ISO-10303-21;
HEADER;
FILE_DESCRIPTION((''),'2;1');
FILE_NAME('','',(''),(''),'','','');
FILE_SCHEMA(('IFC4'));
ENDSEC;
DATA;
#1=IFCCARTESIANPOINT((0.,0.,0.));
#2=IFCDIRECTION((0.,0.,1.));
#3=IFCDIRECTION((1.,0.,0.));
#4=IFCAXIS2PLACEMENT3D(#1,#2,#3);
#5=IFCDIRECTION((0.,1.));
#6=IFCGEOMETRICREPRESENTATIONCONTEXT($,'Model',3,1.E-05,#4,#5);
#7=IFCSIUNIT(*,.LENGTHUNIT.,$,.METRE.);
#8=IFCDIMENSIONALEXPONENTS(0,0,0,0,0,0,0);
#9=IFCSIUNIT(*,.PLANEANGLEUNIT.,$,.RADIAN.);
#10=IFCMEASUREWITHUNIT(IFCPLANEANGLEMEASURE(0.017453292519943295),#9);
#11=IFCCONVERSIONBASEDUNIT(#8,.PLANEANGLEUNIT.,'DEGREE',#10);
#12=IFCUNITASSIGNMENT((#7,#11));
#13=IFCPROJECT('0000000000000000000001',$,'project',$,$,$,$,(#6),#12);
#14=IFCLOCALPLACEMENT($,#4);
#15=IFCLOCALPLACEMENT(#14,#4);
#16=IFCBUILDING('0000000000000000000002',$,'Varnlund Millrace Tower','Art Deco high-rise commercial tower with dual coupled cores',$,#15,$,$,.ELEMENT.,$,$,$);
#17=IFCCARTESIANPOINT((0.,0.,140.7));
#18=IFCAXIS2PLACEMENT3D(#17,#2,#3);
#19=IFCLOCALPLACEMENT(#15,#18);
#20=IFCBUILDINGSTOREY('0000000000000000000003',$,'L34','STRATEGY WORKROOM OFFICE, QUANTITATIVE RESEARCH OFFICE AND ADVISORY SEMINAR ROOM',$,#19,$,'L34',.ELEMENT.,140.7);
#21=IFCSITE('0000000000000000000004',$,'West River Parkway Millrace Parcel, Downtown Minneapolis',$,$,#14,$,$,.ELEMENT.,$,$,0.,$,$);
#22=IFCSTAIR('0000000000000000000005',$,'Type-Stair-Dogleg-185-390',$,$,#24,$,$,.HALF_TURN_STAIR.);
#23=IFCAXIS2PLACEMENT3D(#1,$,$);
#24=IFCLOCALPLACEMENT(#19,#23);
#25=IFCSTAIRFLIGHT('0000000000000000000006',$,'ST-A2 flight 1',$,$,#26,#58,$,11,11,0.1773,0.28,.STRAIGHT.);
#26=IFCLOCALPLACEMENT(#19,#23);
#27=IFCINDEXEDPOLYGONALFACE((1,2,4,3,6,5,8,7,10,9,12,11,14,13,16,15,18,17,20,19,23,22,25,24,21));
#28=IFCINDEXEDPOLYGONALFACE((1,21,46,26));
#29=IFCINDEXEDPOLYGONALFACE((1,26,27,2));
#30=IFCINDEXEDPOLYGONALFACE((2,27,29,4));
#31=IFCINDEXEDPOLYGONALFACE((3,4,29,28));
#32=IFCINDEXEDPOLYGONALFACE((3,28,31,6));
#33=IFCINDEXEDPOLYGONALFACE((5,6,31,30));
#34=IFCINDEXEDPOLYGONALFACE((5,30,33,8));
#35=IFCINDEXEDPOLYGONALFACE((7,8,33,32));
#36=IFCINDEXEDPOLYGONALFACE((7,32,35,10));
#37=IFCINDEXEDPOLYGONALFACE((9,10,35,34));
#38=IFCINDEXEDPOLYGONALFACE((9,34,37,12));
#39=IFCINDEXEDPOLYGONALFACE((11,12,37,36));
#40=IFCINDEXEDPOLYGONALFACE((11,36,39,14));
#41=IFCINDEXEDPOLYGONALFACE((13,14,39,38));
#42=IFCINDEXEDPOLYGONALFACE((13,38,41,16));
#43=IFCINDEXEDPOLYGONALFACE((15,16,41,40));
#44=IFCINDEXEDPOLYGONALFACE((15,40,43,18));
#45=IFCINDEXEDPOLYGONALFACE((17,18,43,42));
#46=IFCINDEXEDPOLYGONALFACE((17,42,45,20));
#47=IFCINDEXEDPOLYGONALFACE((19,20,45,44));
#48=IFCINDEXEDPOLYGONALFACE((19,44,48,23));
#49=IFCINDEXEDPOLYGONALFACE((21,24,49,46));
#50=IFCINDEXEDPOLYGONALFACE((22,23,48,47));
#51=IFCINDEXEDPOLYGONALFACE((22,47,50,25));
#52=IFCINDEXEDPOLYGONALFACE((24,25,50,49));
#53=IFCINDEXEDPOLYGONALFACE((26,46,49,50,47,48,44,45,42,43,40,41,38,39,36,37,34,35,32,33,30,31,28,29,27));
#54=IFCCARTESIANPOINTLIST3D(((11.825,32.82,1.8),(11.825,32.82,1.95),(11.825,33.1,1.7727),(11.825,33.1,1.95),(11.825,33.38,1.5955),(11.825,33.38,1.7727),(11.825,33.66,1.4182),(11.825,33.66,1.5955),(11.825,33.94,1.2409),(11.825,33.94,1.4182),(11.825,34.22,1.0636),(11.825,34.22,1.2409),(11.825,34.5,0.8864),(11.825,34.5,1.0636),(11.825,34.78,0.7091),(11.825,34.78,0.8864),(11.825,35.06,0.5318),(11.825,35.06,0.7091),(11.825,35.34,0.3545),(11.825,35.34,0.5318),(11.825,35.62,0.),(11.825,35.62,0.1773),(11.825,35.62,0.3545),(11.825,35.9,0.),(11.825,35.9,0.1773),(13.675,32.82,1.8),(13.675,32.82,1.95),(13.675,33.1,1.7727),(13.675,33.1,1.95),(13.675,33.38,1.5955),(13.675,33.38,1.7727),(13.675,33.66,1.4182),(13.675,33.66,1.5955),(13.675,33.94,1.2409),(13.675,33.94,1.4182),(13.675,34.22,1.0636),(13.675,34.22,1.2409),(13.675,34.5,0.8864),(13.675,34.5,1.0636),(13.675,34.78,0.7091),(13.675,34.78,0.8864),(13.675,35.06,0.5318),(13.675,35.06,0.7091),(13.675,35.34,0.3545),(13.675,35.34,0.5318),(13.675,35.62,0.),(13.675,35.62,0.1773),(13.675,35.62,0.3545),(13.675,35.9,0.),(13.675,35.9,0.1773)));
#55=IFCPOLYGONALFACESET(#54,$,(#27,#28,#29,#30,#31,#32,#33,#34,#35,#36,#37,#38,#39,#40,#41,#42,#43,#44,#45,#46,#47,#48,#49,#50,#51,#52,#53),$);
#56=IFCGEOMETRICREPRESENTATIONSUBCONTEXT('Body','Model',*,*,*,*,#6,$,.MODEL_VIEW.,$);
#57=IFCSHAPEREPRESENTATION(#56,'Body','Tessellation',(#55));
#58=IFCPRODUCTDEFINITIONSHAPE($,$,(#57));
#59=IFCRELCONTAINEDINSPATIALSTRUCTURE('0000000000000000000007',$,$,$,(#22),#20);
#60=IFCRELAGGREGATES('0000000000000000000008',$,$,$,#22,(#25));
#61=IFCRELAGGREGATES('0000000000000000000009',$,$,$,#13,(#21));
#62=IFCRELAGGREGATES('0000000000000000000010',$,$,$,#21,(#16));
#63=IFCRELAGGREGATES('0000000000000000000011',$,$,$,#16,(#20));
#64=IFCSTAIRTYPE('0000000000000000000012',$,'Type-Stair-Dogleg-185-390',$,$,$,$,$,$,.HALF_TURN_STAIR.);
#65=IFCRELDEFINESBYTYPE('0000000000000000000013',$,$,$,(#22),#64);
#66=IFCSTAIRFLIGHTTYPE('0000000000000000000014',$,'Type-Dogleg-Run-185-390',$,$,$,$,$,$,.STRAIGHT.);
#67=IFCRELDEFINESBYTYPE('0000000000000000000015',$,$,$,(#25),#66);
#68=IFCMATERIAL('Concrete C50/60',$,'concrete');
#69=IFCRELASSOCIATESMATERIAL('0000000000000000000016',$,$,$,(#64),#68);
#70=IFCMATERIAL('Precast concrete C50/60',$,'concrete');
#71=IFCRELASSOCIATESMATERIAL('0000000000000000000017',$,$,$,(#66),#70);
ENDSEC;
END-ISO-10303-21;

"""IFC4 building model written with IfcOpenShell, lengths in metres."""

from ifc_helpers import new_model, entity, si_unit, converted_unit, direction, frame, origin_with_axes, place, context, subcontext, project, spatial, polyline, outline, extrude, material, type_object, element, aggregate, save


model = new_model("IFC4")

# Units and contexts
model_context = context("Model", 3, precision=1e-05, world=origin_with_axes(), true_north=direction((0.0, 1.0)))
body_context = subcontext(model_context, "Body", "Model", "MODEL_VIEW")
ifc_project = project(units=[si_unit("LENGTHUNIT", "METRE"), converted_unit("PLANEANGLEUNIT", "DEGREE", entity("IfcPlaneAngleMeasure", 0.017453292519943295), si_unit("PLANEANGLEUNIT", "RADIAN"), dimensions=[0, 0, 0, 0, 0, 0, 0])], contexts=[model_context])

# Site, building, storey
site_placement = place(None, origin_with_axes())
site = spatial("IfcSite", under=ifc_project, at=site_placement, Name="West River Parkway Millrace Parcel, Downtown Minneapolis", CompositionType="ELEMENT", RefElevation=0.0)
building_placement = place(site_placement, origin_with_axes())
building = spatial("IfcBuilding", under=site, at=building_placement, Name="Varnlund Millrace Tower", Description="Art Deco high-rise commercial tower with dual coupled cores", CompositionType="ELEMENT")
storey_placement = place(building_placement, frame((0.0, 0.0, 140.7), z_axis=(0.0, 0.0, 1.0), x_axis=(1.0, 0.0, 0.0)))
storey = spatial("IfcBuildingStorey", under=building, at=storey_placement, Name="L34", Description="STRATEGY WORKROOM OFFICE, QUANTITATIVE RESEARCH OFFICE AND ADVISORY SEMINAR ROOM", LongName="L34", CompositionType="ELEMENT", Elevation=140.7)

# Stair, stair flight
ifc_material_1 = material(Name="Concrete C50/60", Category="concrete")
stair_type = type_object("IfcStairType", Name="Type-Stair-Dogleg-185-390", PredefinedType="HALF_TURN_STAIR", material=ifc_material_1)
ifc_material_2 = material(Name="Precast concrete C50/60", Category="concrete")
stair_flight_type = type_object("IfcStairFlightType", Name="Type-Dogleg-Run-185-390", PredefinedType="STRAIGHT", material=ifc_material_2)
stair_1_placement = place(storey_placement, origin_with_axes())
stair_1 = element("IfcStair", 1, at=stair_1_placement, inside=storey, type_object=stair_type, Name="Type-Stair-Dogleg-185-390", PredefinedType="HALF_TURN_STAIR")
stair_flight_1_placement = place(storey_placement, frame((13.675, 35.9, 0.0), z_axis=(-1.0, 0.0, 0.0), x_axis=(0.0, -1.0, 0.0)))
stair_flight_1 = element("IfcStairFlight", 2, at=stair_flight_1_placement, type_object=stair_flight_type, Name="ST-A2 flight 1", NumberOfRisers=11, NumberOfTreads=11, PredefinedType="STRAIGHT", RiserHeight=0.1773, TreadLength=0.28, context=body_context, shape_type="SweptSolid", body=[
    extrude(outline(polyline([(0.0, 0.0), (0.0, 0.1773), (0.28, 0.1773), (0.28, 0.3545), (0.56, 0.3545), (0.56, 0.5318), (0.84, 0.5318), (0.84, 0.7091), (1.12, 0.7091), (1.12, 0.8864), (1.4, 0.8864), (1.4, 1.0636), (1.68, 1.0636), (1.68, 1.2409), (1.96, 1.2409), (1.96, 1.4182), (2.24, 1.4182), (2.24, 1.5955), (2.52, 1.5955), (2.52, 1.7727), (2.8, 1.7727), (2.8, 1.95), (3.08, 1.95), (3.08, 1.8), (0.28, 0.0), (0.0, 0.0)])), origin_with_axes(), (0.0, 0.0, 1.0), 1.85),
])
aggregate(stair_1, [stair_flight_1])

save(model, "model.ifc")
